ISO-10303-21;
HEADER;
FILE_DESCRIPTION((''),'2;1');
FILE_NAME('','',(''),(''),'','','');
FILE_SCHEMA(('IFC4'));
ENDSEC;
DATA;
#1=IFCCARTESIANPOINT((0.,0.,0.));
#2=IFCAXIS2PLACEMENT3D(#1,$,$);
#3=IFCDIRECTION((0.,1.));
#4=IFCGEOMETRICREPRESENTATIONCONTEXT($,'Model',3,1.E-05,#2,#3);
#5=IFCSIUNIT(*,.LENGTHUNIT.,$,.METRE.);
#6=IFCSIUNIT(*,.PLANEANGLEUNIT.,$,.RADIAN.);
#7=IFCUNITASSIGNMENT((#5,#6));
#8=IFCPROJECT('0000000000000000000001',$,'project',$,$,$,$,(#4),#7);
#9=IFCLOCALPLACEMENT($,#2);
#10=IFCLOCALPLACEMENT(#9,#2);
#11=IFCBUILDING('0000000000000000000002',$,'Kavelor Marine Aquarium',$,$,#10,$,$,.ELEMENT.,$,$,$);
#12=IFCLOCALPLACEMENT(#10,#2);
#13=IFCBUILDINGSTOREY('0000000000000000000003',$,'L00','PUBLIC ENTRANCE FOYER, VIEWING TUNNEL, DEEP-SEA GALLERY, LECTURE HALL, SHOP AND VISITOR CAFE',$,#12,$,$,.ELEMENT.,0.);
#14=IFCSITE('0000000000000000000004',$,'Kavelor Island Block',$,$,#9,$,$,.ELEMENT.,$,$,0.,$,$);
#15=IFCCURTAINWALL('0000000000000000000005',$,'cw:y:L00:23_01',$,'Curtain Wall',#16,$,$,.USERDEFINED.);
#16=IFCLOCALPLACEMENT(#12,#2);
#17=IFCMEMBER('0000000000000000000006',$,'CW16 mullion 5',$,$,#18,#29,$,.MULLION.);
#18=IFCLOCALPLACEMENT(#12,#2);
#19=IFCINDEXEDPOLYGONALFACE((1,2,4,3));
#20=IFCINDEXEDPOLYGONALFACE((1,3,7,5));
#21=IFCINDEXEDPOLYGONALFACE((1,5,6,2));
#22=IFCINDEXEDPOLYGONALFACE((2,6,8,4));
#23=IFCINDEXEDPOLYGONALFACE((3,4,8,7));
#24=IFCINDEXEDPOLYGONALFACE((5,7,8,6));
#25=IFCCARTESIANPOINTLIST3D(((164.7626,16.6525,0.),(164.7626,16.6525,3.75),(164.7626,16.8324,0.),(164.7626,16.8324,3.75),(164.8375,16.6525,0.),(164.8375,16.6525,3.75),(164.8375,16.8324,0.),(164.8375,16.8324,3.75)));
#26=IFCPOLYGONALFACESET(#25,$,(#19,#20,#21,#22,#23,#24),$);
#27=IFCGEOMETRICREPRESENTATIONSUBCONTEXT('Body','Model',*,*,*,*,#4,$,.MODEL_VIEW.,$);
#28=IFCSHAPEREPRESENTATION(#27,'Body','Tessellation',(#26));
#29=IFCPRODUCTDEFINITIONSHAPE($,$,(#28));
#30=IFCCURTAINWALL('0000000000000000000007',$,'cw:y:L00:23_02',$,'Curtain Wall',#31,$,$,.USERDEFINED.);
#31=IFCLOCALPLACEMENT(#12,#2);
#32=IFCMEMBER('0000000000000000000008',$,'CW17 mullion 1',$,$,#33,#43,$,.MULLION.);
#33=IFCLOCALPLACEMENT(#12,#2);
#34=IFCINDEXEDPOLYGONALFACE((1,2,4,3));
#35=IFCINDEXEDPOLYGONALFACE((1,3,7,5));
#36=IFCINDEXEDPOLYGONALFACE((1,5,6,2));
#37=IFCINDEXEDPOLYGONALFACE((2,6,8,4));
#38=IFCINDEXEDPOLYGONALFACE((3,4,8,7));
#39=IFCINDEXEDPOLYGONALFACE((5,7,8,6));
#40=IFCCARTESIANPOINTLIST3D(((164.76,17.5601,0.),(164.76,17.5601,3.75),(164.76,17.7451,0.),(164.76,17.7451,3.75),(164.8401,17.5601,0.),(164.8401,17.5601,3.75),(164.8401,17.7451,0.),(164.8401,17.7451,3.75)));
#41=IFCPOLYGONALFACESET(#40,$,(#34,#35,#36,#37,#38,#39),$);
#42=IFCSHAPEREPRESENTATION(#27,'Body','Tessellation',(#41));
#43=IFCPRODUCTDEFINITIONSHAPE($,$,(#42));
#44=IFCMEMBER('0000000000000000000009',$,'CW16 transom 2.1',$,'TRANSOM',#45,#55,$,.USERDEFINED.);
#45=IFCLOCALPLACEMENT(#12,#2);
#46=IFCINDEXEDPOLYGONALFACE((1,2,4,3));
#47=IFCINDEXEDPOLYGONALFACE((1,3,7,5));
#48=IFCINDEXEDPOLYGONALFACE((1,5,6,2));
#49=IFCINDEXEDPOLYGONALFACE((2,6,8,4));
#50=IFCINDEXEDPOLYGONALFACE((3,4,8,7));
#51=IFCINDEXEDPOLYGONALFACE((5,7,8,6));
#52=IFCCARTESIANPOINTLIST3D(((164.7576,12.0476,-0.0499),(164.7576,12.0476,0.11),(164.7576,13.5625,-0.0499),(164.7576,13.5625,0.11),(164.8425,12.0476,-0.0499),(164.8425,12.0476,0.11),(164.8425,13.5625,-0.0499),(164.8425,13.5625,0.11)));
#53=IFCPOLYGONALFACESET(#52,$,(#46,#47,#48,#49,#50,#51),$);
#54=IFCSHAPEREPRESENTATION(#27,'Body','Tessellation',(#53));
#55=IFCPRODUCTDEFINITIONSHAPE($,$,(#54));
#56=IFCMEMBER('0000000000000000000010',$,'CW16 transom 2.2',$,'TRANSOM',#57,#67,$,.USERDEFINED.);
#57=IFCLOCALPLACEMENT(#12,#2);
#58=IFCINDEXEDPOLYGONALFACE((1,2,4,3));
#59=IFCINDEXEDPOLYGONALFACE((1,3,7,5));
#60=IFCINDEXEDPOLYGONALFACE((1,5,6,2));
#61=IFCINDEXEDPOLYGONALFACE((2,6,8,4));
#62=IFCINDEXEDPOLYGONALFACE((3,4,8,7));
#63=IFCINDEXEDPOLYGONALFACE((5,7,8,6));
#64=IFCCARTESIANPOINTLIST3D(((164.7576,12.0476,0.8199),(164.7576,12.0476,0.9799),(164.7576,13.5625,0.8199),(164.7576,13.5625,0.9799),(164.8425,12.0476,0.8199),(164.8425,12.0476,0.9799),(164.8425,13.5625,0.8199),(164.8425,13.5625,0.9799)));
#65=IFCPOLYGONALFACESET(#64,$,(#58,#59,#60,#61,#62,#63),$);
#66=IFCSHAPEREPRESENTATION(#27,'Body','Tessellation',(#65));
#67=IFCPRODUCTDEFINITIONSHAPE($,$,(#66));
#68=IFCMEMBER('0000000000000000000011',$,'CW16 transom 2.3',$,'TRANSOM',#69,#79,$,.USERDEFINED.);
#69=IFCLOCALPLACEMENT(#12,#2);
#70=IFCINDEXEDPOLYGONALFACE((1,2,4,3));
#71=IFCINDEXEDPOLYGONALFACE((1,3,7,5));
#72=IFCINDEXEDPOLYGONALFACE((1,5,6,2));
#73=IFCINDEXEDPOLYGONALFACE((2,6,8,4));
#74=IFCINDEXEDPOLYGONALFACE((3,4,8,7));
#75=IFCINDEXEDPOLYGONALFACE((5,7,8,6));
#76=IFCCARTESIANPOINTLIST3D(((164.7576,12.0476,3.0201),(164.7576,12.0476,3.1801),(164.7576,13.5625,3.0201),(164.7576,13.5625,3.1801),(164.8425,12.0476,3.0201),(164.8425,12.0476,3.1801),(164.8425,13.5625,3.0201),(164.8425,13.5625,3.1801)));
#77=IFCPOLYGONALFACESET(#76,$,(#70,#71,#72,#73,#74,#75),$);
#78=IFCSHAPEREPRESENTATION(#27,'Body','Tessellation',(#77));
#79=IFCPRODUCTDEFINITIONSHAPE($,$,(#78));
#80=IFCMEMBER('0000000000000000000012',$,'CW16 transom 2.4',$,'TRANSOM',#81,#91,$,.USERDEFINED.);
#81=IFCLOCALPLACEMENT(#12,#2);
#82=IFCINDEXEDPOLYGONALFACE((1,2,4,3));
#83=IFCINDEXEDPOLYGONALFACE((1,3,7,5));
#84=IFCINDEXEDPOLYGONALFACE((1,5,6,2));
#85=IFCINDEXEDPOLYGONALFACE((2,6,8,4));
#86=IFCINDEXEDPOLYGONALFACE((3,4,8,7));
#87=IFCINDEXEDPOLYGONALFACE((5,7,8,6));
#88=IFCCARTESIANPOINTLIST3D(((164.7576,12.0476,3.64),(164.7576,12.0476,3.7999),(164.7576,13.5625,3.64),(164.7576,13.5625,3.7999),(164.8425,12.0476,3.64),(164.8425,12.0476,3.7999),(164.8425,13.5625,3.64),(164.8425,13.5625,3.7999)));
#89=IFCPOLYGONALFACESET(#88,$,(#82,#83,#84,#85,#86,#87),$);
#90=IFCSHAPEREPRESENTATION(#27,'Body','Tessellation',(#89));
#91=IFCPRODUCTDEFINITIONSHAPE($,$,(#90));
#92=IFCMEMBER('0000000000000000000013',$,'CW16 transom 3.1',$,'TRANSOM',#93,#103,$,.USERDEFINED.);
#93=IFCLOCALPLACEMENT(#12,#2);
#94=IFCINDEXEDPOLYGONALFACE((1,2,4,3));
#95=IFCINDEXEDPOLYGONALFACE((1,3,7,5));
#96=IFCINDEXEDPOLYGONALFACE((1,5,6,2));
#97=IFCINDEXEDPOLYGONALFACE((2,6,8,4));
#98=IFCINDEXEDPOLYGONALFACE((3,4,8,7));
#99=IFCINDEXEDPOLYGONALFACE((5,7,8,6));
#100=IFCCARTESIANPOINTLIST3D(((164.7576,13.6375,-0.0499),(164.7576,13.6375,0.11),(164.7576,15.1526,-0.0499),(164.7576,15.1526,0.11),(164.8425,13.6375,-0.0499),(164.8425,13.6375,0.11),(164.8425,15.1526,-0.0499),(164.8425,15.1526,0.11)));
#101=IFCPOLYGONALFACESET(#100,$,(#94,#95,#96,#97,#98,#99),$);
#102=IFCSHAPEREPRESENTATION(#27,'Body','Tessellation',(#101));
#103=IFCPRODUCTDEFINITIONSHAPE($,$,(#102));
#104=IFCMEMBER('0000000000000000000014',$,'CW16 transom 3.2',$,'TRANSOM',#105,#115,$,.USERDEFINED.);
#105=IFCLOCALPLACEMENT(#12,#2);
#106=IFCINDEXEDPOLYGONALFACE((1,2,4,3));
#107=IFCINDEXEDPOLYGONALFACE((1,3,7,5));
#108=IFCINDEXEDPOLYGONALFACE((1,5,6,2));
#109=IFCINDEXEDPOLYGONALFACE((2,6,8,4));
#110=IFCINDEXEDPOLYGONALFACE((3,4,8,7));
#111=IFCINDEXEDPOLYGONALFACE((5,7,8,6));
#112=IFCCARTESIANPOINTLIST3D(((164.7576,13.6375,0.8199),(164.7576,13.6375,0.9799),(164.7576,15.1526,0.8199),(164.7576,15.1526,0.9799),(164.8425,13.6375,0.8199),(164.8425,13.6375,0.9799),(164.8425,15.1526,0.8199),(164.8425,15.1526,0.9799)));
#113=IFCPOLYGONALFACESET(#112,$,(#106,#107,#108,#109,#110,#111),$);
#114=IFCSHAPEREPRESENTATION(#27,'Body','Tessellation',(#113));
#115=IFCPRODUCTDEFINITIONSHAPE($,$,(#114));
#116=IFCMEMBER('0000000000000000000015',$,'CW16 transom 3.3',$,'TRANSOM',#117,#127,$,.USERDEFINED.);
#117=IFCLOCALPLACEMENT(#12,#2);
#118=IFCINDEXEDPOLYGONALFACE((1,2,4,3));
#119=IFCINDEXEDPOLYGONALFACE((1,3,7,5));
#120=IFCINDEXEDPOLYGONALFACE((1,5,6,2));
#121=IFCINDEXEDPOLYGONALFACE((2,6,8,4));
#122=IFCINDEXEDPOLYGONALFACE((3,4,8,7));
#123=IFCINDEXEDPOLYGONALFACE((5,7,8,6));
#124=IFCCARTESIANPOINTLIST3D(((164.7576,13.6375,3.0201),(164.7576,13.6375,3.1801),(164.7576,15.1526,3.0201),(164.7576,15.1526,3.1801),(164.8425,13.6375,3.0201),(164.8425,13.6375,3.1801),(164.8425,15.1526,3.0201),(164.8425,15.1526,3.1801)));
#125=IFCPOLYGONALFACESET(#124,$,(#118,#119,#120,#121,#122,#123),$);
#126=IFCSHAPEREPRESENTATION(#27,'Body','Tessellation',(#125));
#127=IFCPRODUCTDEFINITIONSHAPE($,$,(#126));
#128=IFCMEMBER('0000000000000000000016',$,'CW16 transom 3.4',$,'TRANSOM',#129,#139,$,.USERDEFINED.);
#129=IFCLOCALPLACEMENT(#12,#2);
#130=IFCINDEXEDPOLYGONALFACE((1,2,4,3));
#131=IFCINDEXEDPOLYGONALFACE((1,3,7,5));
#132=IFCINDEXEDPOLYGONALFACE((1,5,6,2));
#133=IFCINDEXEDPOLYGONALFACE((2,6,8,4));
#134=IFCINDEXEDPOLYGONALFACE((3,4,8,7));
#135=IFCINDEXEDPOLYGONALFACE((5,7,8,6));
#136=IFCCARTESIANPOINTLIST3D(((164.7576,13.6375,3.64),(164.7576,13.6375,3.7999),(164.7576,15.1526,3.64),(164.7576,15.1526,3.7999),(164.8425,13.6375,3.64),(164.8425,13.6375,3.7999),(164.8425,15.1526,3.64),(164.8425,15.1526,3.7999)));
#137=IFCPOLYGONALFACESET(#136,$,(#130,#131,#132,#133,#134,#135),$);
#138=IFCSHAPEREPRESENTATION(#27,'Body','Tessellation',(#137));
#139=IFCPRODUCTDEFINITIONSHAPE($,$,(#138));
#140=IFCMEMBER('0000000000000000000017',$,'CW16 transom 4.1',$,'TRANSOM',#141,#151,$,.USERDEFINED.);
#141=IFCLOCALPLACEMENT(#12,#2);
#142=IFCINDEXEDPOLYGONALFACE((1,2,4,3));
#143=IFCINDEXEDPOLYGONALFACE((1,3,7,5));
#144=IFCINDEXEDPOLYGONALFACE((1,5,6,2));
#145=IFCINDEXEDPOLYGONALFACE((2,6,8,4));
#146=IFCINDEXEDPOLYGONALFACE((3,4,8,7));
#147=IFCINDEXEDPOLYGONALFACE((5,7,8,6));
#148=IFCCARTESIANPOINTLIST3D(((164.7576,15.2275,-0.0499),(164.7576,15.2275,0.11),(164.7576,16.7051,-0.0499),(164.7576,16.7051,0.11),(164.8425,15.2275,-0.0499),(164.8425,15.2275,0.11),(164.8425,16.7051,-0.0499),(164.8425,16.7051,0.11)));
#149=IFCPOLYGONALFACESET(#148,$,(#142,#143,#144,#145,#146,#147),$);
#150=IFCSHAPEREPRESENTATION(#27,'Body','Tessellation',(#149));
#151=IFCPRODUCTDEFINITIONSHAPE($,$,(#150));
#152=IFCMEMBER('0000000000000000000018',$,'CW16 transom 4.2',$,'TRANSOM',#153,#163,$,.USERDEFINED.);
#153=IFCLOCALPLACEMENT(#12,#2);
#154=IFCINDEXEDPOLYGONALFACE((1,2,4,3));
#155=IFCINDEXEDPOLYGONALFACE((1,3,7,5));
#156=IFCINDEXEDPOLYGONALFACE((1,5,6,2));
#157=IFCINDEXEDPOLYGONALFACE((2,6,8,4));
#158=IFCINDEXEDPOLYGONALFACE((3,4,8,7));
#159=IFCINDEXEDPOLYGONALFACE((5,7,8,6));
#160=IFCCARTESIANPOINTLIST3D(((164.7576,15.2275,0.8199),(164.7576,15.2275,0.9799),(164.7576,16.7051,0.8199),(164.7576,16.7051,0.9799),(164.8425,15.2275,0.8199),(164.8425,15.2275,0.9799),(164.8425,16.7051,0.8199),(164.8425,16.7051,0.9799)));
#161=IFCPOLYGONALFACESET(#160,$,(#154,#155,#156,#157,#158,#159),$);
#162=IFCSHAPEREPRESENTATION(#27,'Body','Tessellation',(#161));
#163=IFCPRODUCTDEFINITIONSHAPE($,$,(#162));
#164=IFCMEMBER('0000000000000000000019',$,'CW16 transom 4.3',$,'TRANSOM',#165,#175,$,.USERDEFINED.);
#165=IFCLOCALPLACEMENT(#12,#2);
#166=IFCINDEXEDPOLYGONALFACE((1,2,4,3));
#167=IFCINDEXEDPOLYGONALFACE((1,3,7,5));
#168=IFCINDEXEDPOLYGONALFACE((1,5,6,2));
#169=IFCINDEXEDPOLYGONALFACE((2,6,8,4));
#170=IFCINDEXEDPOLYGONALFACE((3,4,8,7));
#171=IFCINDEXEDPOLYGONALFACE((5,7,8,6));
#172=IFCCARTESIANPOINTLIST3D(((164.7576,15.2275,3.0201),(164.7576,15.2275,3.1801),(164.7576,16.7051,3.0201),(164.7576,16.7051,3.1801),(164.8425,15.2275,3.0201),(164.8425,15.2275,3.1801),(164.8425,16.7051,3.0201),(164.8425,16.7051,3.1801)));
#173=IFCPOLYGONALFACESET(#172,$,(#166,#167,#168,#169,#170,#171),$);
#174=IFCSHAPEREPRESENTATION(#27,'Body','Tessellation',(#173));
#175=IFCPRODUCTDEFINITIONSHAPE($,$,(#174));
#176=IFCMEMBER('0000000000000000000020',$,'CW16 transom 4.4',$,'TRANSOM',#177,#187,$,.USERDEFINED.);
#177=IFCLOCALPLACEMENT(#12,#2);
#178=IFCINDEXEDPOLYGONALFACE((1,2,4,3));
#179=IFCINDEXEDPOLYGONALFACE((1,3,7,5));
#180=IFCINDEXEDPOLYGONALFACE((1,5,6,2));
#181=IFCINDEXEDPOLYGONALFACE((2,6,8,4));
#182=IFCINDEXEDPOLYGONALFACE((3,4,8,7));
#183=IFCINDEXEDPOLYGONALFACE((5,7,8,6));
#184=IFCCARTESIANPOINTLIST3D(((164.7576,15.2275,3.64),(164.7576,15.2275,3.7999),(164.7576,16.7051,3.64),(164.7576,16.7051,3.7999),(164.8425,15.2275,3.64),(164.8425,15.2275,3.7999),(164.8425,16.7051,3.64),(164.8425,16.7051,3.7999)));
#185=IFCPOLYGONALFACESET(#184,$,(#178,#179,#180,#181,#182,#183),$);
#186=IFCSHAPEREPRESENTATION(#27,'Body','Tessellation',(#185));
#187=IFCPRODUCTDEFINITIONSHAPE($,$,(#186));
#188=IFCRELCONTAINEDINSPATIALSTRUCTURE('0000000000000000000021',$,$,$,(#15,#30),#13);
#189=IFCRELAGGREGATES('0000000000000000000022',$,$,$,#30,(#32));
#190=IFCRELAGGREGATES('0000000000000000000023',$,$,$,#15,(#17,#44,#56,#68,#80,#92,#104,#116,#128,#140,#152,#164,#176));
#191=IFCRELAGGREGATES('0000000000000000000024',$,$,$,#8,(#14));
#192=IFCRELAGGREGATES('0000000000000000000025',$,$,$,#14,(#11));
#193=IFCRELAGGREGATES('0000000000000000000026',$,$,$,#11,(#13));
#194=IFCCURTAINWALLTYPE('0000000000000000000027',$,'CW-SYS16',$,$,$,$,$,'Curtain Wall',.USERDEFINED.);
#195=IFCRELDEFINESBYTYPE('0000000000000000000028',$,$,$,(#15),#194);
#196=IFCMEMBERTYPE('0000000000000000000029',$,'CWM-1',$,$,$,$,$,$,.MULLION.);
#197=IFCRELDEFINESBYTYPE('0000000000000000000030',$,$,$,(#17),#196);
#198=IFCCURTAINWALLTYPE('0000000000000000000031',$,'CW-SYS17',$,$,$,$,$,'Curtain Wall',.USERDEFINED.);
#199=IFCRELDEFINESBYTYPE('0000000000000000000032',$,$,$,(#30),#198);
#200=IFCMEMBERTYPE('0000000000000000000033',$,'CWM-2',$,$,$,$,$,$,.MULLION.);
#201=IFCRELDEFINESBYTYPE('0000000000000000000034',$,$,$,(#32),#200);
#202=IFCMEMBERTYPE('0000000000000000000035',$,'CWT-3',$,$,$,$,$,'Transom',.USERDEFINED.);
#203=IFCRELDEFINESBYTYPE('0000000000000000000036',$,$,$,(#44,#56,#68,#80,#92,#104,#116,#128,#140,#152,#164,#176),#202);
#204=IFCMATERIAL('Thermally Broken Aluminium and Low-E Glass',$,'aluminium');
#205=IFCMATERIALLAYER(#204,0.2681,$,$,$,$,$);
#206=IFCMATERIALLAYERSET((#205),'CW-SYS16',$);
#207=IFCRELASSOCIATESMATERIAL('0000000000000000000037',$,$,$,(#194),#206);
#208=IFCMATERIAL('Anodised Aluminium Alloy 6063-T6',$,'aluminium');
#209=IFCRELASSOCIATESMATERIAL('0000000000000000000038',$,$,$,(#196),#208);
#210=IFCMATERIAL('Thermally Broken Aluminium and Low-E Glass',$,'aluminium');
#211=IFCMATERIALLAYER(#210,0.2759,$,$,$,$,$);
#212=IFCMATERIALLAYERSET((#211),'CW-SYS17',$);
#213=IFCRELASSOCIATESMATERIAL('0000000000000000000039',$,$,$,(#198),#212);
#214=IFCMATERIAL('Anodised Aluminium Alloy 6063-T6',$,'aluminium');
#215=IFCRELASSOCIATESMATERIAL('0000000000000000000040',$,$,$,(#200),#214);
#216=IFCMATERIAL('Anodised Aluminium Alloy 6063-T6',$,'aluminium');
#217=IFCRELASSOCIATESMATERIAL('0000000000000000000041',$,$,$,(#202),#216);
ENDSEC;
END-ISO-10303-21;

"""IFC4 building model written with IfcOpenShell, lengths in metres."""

from ifc_helpers import new_model, si_unit, direction, frame, origin, origin_2d, place, context, subcontext, project, spatial, rectangle, extrude, material, layer, layer_set, material_profile, profile_set, type_object, element, aggregate, save


model = new_model("IFC4")

# Units and contexts
model_context = context("Model", 3, precision=1e-05, world=origin(), true_north=direction((0.0, 1.0)))
body_context = subcontext(model_context, "Body", "Model", "MODEL_VIEW")
ifc_project = project(units=[si_unit("LENGTHUNIT", "METRE"), si_unit("PLANEANGLEUNIT", "RADIAN")], contexts=[model_context])

# Site, building, storey
site_placement = place(None, origin())
site = spatial("IfcSite", under=ifc_project, at=site_placement, Name="Kavelor Island Block", CompositionType="ELEMENT", RefElevation=0.0)
building_placement = place(site_placement, origin())
building = spatial("IfcBuilding", under=site, at=building_placement, Name="Kavelor Marine Aquarium", CompositionType="ELEMENT")
storey_placement = place(building_placement, origin())
storey = spatial("IfcBuildingStorey", under=building, at=storey_placement, Name="L00", Description="PUBLIC ENTRANCE FOYER, VIEWING TUNNEL, DEEP-SEA GALLERY, LECTURE HALL, SHOP AND VISITOR CAFE", CompositionType="ELEMENT", Elevation=0.0)

# Curtain wall, member
ifc_material_1 = material(Name="Thermally Broken Aluminium and Low-E Glass", Category="aluminium")
ifc_layer_1 = layer(ifc_material_1, 0.2681)
ifc_layer_set_1 = layer_set([ifc_layer_1], Name="CW-SYS16")
curtain_wall_type_1 = type_object("IfcCurtainWallType", Name="CW-SYS16", ElementType="Curtain Wall", PredefinedType="USERDEFINED", material=ifc_layer_set_1)
curtain_wall_1_placement = place(storey_placement, origin())
curtain_wall_1 = element("IfcCurtainWall", 1, at=curtain_wall_1_placement, inside=storey, type_object=curtain_wall_type_1, Name="cw:y:L00:23_01", ObjectType="Curtain Wall", PredefinedType="USERDEFINED")
ifc_material_2 = material(Name="Anodised Aluminium Alloy 6063-T6", Category="aluminium")
ifc_material_profile_1 = material_profile(ifc_material_2, rectangle(XDim=0.075, YDim=0.1799, at=origin_2d()), Name="CW-MUL 75x180")
ifc_profile_set_1 = profile_set([ifc_material_profile_1], Name="Anodised Aluminium Alloy 6063-T6")
member_type_1 = type_object("IfcMemberType", Name="CWM-1", PredefinedType="MULLION", material=ifc_profile_set_1)
member_1_placement = place(storey_placement, frame((164.8, 16.7424, 0.0), z_axis=(0.0, 0.0, 1.0), x_axis=(-1.0, 0.0, 0.0)))
member_1 = element("IfcMember", 2, at=member_1_placement, type_object=member_type_1, Name="CW16 mullion 5", PredefinedType="MULLION", context=body_context, shape_type="SweptSolid", body=[
    extrude(rectangle(XDim=0.075, YDim=0.1799, at=origin_2d()), origin(), (0.0, 0.0, 1.0), 3.75),
])

# Curtain wall, member
ifc_material_3 = material(Name="Thermally Broken Aluminium and Low-E Glass", Category="aluminium")
ifc_layer_2 = layer(ifc_material_3, 0.2759)
ifc_layer_set_2 = layer_set([ifc_layer_2], Name="CW-SYS17")
curtain_wall_type_2 = type_object("IfcCurtainWallType", Name="CW-SYS17", ElementType="Curtain Wall", PredefinedType="USERDEFINED", material=ifc_layer_set_2)
curtain_wall_2_placement = place(storey_placement, origin())
curtain_wall_2 = element("IfcCurtainWall", 3, at=curtain_wall_2_placement, inside=storey, type_object=curtain_wall_type_2, Name="cw:y:L00:23_02", ObjectType="Curtain Wall", PredefinedType="USERDEFINED")
ifc_material_4 = material(Name="Anodised Aluminium Alloy 6063-T6", Category="aluminium")
ifc_material_profile_2 = material_profile(ifc_material_4, rectangle(XDim=0.0801, YDim=0.1851, at=origin_2d()), Name="CW-MUL 80x185")
ifc_profile_set_2 = profile_set([ifc_material_profile_2], Name="Anodised Aluminium Alloy 6063-T6")
member_type_2 = type_object("IfcMemberType", Name="CWM-2", PredefinedType="MULLION", material=ifc_profile_set_2)
member_2_placement = place(storey_placement, frame((164.8, 17.6526, 0.0), z_axis=(0.0, 0.0, 1.0), x_axis=(-1.0, 0.0, 0.0)))
member_2 = element("IfcMember", 4, at=member_2_placement, type_object=member_type_2, Name="CW17 mullion 1", PredefinedType="MULLION", context=body_context, shape_type="SweptSolid", body=[
    extrude(rectangle(XDim=0.0801, YDim=0.1851, at=origin_2d()), origin(), (0.0, 0.0, 1.0), 3.75),
])

# Members
ifc_material_5 = material(Name="Anodised Aluminium Alloy 6063-T6", Category="aluminium")
ifc_material_profile_3 = material_profile(ifc_material_5, rectangle(XDim=0.085, YDim=0.1599, at=origin_2d()), Name="CW-TRN 85x160")
ifc_profile_set_3 = profile_set([ifc_material_profile_3], Name="Anodised Aluminium Alloy 6063-T6")
member_type_3 = type_object("IfcMemberType", Name="CWT-3", ElementType="Transom", PredefinedType="USERDEFINED", material=ifc_profile_set_3)
member_3_placement = place(storey_placement, frame((164.8, 12.0476, 0.03), z_axis=(0.0, 1.0, 0.0), x_axis=(-1.0, 0.0, 0.0)))
member_3 = element("IfcMember", 5, at=member_3_placement, type_object=member_type_3, Name="CW16 transom 2.1", ObjectType="TRANSOM", PredefinedType="USERDEFINED", context=body_context, shape_type="SweptSolid", body=[
    extrude(rectangle(XDim=0.085, YDim=0.1599, at=origin_2d()), origin(), (0.0, 0.0, 1.0), 1.5149),
])
member_4_placement = place(storey_placement, frame((164.8, 12.0476, 0.8999), z_axis=(0.0, 1.0, 0.0), x_axis=(-1.0, 0.0, 0.0)))
member_4 = element("IfcMember", 6, at=member_4_placement, type_object=member_type_3, Name="CW16 transom 2.2", ObjectType="TRANSOM", PredefinedType="USERDEFINED", context=body_context, shape_type="SweptSolid", body=[
    extrude(rectangle(XDim=0.085, YDim=0.1599, at=origin_2d()), origin(), (0.0, 0.0, 1.0), 1.5149),
])
member_5_placement = place(storey_placement, frame((164.8, 12.0476, 3.1001), z_axis=(0.0, 1.0, 0.0), x_axis=(-1.0, 0.0, 0.0)))
member_5 = element("IfcMember", 7, at=member_5_placement, type_object=member_type_3, Name="CW16 transom 2.3", ObjectType="TRANSOM", PredefinedType="USERDEFINED", context=body_context, shape_type="SweptSolid", body=[
    extrude(rectangle(XDim=0.085, YDim=0.1599, at=origin_2d()), origin(), (0.0, 0.0, 1.0), 1.5149),
])
member_6_placement = place(storey_placement, frame((164.8, 12.0476, 3.72), z_axis=(0.0, 1.0, 0.0), x_axis=(-1.0, 0.0, 0.0)))
member_6 = element("IfcMember", 8, at=member_6_placement, type_object=member_type_3, Name="CW16 transom 2.4", ObjectType="TRANSOM", PredefinedType="USERDEFINED", context=body_context, shape_type="SweptSolid", body=[
    extrude(rectangle(XDim=0.085, YDim=0.1599, at=origin_2d()), origin(), (0.0, 0.0, 1.0), 1.5149),
])
member_7_placement = place(storey_placement, frame((164.8, 13.6375, 0.03), z_axis=(0.0, 1.0, 0.0), x_axis=(-1.0, 0.0, 0.0)))
member_7 = element("IfcMember", 9, at=member_7_placement, type_object=member_type_3, Name="CW16 transom 3.1", ObjectType="TRANSOM", PredefinedType="USERDEFINED", context=body_context, shape_type="SweptSolid", body=[
    extrude(rectangle(XDim=0.085, YDim=0.1599, at=origin_2d()), origin(), (0.0, 0.0, 1.0), 1.5151),
])
member_8_placement = place(storey_placement, frame((164.8, 13.6375, 0.8999), z_axis=(0.0, 1.0, 0.0), x_axis=(-1.0, 0.0, 0.0)))
member_8 = element("IfcMember", 10, at=member_8_placement, type_object=member_type_3, Name="CW16 transom 3.2", ObjectType="TRANSOM", PredefinedType="USERDEFINED", context=body_context, shape_type="SweptSolid", body=[
    extrude(rectangle(XDim=0.085, YDim=0.1599, at=origin_2d()), origin(), (0.0, 0.0, 1.0), 1.5151),
])
member_9_placement = place(storey_placement, frame((164.8, 13.6375, 3.1001), z_axis=(0.0, 1.0, 0.0), x_axis=(-1.0, 0.0, 0.0)))
member_9 = element("IfcMember", 11, at=member_9_placement, type_object=member_type_3, Name="CW16 transom 3.3", ObjectType="TRANSOM", PredefinedType="USERDEFINED", context=body_context, shape_type="SweptSolid", body=[
    extrude(rectangle(XDim=0.085, YDim=0.1599, at=origin_2d()), origin(), (0.0, 0.0, 1.0), 1.5151),
])
member_10_placement = place(storey_placement, frame((164.8, 13.6375, 3.72), z_axis=(0.0, 1.0, 0.0), x_axis=(-1.0, 0.0, 0.0)))
member_10 = element("IfcMember", 12, at=member_10_placement, type_object=member_type_3, Name="CW16 transom 3.4", ObjectType="TRANSOM", PredefinedType="USERDEFINED", context=body_context, shape_type="SweptSolid", body=[
    extrude(rectangle(XDim=0.085, YDim=0.1599, at=origin_2d()), origin(), (0.0, 0.0, 1.0), 1.5151),
])
member_11_placement = place(storey_placement, frame((164.8, 15.2275, 0.03), z_axis=(0.0, 1.0, 0.0), x_axis=(-1.0, 0.0, 0.0)))
member_11 = element("IfcMember", 13, at=member_11_placement, type_object=member_type_3, Name="CW16 transom 4.1", ObjectType="TRANSOM", PredefinedType="USERDEFINED", context=body_context, shape_type="SweptSolid", body=[
    extrude(rectangle(XDim=0.085, YDim=0.1599, at=origin_2d()), origin(), (0.0, 0.0, 1.0), 1.4775),
])
member_12_placement = place(storey_placement, frame((164.8, 15.2275, 0.8999), z_axis=(0.0, 1.0, 0.0), x_axis=(-1.0, 0.0, 0.0)))
member_12 = element("IfcMember", 14, at=member_12_placement, type_object=member_type_3, Name="CW16 transom 4.2", ObjectType="TRANSOM", PredefinedType="USERDEFINED", context=body_context, shape_type="SweptSolid", body=[
    extrude(rectangle(XDim=0.085, YDim=0.1599, at=origin_2d()), origin(), (0.0, 0.0, 1.0), 1.4775),
])
member_13_placement = place(storey_placement, frame((164.8, 15.2275, 3.1001), z_axis=(0.0, 1.0, 0.0), x_axis=(-1.0, 0.0, 0.0)))
member_13 = element("IfcMember", 15, at=member_13_placement, type_object=member_type_3, Name="CW16 transom 4.3", ObjectType="TRANSOM", PredefinedType="USERDEFINED", context=body_context, shape_type="SweptSolid", body=[
    extrude(rectangle(XDim=0.085, YDim=0.1599, at=origin_2d()), origin(), (0.0, 0.0, 1.0), 1.4775),
])
member_14_placement = place(storey_placement, frame((164.8, 15.2275, 3.72), z_axis=(0.0, 1.0, 0.0), x_axis=(-1.0, 0.0, 0.0)))
member_14 = element("IfcMember", 16, at=member_14_placement, type_object=member_type_3, Name="CW16 transom 4.4", ObjectType="TRANSOM", PredefinedType="USERDEFINED", context=body_context, shape_type="SweptSolid", body=[
    extrude(rectangle(XDim=0.085, YDim=0.1599, at=origin_2d()), origin(), (0.0, 0.0, 1.0), 1.4775),
])
aggregate(curtain_wall_2, [member_2])

aggregate(curtain_wall_1, [member_1, member_3, member_4, member_5, member_6, member_7, member_8, member_9, member_10, member_11, member_12, member_13, member_14])

save(model, "model.ifc")
